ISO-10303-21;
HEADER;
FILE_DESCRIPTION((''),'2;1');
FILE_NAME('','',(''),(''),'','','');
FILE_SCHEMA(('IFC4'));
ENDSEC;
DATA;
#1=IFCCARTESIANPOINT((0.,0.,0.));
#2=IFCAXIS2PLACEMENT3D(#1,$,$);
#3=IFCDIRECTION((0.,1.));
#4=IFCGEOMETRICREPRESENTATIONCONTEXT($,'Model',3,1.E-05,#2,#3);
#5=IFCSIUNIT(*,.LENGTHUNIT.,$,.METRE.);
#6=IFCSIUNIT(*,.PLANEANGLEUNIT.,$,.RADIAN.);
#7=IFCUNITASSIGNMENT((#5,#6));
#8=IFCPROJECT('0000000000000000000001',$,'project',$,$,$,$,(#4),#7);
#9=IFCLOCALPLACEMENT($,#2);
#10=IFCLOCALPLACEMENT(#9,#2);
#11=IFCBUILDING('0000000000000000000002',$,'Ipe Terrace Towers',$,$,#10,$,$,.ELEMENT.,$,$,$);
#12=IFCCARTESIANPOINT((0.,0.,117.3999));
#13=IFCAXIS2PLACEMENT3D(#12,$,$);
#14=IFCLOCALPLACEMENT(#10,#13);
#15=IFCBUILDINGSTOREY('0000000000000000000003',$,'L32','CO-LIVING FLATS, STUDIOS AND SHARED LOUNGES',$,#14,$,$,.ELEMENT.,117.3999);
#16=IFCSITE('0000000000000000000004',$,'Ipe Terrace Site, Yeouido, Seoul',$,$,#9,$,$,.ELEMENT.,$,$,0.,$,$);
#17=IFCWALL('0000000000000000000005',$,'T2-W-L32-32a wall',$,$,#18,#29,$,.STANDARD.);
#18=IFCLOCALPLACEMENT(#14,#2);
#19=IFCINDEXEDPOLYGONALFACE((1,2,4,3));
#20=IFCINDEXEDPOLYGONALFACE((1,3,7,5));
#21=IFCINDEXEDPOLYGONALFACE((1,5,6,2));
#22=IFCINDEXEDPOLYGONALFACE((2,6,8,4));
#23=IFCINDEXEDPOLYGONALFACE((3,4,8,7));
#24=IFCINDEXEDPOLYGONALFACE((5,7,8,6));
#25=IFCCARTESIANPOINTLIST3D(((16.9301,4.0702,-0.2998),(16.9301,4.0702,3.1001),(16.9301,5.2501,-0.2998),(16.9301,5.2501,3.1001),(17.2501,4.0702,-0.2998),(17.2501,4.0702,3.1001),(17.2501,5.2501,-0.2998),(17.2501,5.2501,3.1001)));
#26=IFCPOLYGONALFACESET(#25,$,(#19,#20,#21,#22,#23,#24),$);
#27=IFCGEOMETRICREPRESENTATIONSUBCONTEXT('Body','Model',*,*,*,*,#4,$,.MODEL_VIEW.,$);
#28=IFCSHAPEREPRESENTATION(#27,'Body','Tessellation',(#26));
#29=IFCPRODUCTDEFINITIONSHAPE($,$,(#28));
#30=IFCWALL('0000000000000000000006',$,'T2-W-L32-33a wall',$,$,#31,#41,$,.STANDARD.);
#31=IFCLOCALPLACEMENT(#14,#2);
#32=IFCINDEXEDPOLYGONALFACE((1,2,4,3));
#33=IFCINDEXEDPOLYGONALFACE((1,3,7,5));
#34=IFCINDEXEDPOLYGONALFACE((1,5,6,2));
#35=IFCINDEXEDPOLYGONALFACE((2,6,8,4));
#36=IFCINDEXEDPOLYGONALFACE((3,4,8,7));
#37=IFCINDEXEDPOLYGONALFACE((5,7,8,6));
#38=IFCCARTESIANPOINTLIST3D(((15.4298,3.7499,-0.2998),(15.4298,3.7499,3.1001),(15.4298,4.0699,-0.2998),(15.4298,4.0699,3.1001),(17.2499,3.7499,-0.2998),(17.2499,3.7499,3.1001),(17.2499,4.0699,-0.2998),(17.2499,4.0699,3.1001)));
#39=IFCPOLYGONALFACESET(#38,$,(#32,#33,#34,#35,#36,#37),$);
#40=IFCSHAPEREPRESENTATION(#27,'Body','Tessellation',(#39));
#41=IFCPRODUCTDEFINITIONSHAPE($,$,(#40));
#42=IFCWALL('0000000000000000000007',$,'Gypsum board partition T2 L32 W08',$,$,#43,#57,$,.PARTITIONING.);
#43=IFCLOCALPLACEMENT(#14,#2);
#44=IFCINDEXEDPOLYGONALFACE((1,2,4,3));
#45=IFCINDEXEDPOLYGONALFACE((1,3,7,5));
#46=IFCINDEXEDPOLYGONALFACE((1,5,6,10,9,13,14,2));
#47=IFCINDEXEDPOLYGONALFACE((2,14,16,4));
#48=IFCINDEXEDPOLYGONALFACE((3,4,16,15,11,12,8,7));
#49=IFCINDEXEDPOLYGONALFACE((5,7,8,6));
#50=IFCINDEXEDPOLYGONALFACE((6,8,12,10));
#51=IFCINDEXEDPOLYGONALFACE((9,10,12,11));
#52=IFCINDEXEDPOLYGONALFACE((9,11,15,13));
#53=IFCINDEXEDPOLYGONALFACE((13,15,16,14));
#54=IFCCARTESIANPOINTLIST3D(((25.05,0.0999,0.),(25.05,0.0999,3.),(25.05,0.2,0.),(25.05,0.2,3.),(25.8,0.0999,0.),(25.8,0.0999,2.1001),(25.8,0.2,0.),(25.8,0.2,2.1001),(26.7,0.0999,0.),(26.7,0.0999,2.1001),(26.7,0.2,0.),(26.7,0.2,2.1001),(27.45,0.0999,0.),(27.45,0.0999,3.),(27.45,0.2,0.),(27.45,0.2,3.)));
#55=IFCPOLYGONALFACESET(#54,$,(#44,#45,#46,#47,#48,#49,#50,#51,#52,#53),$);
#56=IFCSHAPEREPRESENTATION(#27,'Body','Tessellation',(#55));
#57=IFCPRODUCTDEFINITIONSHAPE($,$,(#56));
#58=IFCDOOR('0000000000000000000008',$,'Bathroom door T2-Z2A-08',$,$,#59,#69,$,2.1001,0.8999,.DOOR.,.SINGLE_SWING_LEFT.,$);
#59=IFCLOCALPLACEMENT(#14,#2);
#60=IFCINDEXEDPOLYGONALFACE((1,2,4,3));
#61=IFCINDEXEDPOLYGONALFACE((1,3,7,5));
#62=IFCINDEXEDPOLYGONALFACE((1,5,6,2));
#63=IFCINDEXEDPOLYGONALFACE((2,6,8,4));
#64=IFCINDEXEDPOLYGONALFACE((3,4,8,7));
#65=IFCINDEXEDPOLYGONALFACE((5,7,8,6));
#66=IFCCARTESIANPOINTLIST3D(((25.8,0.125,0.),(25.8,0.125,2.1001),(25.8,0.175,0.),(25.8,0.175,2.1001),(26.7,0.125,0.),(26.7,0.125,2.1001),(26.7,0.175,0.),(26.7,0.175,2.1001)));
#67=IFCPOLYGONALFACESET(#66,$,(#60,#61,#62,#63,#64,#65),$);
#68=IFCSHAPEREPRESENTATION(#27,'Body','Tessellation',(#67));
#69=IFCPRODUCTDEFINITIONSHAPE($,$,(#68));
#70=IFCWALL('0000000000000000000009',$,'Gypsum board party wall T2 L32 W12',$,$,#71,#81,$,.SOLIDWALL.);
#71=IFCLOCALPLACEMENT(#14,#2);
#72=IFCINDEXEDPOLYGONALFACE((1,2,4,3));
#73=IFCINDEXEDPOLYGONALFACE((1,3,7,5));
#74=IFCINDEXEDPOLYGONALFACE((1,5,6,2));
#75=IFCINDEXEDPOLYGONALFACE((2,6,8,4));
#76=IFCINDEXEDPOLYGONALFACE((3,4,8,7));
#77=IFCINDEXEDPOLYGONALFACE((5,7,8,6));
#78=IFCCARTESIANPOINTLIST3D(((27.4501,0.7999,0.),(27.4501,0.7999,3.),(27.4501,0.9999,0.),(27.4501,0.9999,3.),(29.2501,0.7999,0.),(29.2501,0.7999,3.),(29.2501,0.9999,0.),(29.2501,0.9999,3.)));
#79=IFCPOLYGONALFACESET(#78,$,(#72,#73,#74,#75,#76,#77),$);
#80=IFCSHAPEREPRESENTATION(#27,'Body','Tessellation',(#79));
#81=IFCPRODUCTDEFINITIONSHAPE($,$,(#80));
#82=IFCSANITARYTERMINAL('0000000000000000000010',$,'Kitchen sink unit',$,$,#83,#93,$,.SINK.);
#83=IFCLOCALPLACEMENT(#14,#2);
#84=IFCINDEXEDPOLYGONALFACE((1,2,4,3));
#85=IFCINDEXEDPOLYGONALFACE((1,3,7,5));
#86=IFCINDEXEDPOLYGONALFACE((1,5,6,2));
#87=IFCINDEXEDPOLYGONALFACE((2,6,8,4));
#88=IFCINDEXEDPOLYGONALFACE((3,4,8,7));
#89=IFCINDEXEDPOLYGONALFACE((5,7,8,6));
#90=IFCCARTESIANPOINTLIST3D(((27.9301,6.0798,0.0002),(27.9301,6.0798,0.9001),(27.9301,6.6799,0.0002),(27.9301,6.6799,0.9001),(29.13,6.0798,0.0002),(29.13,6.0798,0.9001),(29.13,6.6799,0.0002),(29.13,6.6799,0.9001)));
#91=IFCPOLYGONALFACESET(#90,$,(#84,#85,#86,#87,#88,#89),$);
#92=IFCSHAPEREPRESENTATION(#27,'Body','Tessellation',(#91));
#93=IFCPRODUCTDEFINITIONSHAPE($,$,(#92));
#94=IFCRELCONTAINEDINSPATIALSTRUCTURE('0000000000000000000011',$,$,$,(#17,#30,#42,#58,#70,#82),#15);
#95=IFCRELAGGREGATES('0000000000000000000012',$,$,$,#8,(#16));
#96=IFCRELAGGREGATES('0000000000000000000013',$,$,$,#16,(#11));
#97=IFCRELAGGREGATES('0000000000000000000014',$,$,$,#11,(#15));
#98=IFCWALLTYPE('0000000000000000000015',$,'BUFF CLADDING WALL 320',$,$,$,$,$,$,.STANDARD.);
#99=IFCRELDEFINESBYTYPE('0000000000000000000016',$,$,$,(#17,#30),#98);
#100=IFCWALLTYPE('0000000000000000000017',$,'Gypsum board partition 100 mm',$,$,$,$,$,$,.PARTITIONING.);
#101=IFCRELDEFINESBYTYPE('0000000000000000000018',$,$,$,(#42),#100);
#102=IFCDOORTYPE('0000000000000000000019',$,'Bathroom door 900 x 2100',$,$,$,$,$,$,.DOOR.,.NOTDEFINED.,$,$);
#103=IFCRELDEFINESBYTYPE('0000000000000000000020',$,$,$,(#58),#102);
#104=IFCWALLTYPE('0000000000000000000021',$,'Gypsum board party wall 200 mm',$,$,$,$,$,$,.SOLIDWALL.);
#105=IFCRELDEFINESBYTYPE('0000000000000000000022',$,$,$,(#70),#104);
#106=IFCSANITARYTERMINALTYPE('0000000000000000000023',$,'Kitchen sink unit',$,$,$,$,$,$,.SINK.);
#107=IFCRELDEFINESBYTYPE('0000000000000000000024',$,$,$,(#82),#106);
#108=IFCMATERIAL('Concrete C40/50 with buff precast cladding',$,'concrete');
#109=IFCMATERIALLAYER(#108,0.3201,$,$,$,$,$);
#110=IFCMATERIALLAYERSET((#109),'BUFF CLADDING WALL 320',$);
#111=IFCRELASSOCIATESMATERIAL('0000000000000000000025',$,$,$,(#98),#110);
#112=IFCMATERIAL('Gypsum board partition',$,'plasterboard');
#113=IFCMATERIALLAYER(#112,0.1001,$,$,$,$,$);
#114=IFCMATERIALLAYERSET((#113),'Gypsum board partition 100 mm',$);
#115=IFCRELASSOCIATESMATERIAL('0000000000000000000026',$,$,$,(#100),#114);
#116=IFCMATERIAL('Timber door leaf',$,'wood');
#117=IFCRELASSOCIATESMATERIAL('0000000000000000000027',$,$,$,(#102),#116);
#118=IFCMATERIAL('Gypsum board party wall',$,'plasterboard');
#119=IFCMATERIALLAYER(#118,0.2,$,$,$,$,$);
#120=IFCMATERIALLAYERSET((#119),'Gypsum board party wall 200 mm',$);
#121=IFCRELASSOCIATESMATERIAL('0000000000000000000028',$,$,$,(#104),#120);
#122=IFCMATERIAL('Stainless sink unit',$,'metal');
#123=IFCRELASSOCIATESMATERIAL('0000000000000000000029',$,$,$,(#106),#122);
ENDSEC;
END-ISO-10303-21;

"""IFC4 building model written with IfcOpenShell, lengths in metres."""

from ifc_helpers import new_model, si_unit, direction, frame, frame_2d, origin, origin_2d, place, context, subcontext, project, spatial, rectangle, extrude, material, layer, layer_set, type_object, element, fill, save


model = new_model("IFC4")

# Units and contexts
model_context = context("Model", 3, precision=1e-05, world=origin(), true_north=direction((0.0, 1.0)))
body_context = subcontext(model_context, "Body", "Model", "MODEL_VIEW")
ifc_project = project(units=[si_unit("LENGTHUNIT", "METRE"), si_unit("PLANEANGLEUNIT", "RADIAN")], contexts=[model_context])

# Site, building, storey
site_placement = place(None, origin())
site = spatial("IfcSite", under=ifc_project, at=site_placement, Name="Ipe Terrace Site, Yeouido, Seoul", CompositionType="ELEMENT", RefElevation=0.0)
building_placement = place(site_placement, origin())
building = spatial("IfcBuilding", under=site, at=building_placement, Name="Ipe Terrace Towers", CompositionType="ELEMENT")
storey_placement = place(building_placement, frame((0.0, 0.0, 117.3999)))
storey = spatial("IfcBuildingStorey", under=building, at=storey_placement, Name="L32", Description="CO-LIVING FLATS, STUDIOS AND SHARED LOUNGES", CompositionType="ELEMENT", Elevation=117.3999)

# Walls
ifc_material_1 = material(Name="Concrete C40/50 with buff precast cladding", Category="concrete")
ifc_layer_1 = layer(ifc_material_1, 0.3201)
ifc_layer_set_1 = layer_set([ifc_layer_1], Name="BUFF CLADDING WALL 320")
wall_type_1 = type_object("IfcWallType", Name="BUFF CLADDING WALL 320", PredefinedType="STANDARD", material=ifc_layer_set_1)
wall_1_placement = place(storey_placement, frame((17.0901, 5.25, -0.2998), z_axis=(0.0, 0.0, 1.0), x_axis=(0.0, -1.0, 0.0)))
element("IfcWall", 1, at=wall_1_placement, inside=storey, type_object=wall_type_1, Name="T2-W-L32-32a wall", PredefinedType="STANDARD", context=body_context, shape_type="SweptSolid", body=[
    extrude(rectangle(XDim=1.1799, YDim=0.3201, at=frame_2d((0.5898, 0.0))), origin(), (0.0, 0.0, 1.0), 3.3999),
])
wall_2_placement = place(storey_placement, frame((17.25, 3.9099, -0.2998), z_axis=(0.0, 0.0, 1.0), x_axis=(-1.0, 0.0, 0.0)))
element("IfcWall", 2, at=wall_2_placement, inside=storey, type_object=wall_type_1, Name="T2-W-L32-33a wall", PredefinedType="STANDARD", context=body_context, shape_type="SweptSolid", body=[
    extrude(rectangle(XDim=1.8201, YDim=0.3201, at=frame_2d((0.9102, 0.0))), origin(), (0.0, 0.0, 1.0), 3.3999),
])

# Wall, opening, door
ifc_material_2 = material(Name="Gypsum board partition", Category="plasterboard")
ifc_layer_2 = layer(ifc_material_2, 0.1001)
ifc_layer_set_2 = layer_set([ifc_layer_2], Name="Gypsum board partition 100 mm")
wall_type_2 = type_object("IfcWallType", Name="Gypsum board partition 100 mm", PredefinedType="PARTITIONING", material=ifc_layer_set_2)
wall_3_placement = place(storey_placement, frame((27.45, 0.1499, 0.0), z_axis=(0.0, 0.0, 1.0), x_axis=(-1.0, 0.0, 0.0)))
wall_3 = element("IfcWall", 3, at=wall_3_placement, inside=storey, type_object=wall_type_2, Name="Gypsum board partition T2 L32 W08", PredefinedType="PARTITIONING", context=body_context, shape_type="SweptSolid", body=[
    extrude(rectangle(XDim=2.3999, YDim=0.1001, at=frame_2d((1.2, 0.0))), origin(), (0.0, 0.0, 1.0), 3.0),
])
opening_placement = place(wall_3_placement, frame((0.75, 0.0, 0.0)))
opening = element("IfcOpeningElement", 4, at=opening_placement, cuts=wall_3, PredefinedType="OPENING", context=body_context, shape_type="SweptSolid", body=[
    extrude(rectangle(XDim=0.8999, YDim=2.1001, at=frame_2d((0.45, 1.05))), frame((0.0, 0.0601, 0.0), z_axis=(0.0, -1.0, 0.0), x_axis=(1.0, 0.0, 0.0)), (0.0, 0.0, 1.0), 0.1201),
])
ifc_material_3 = material(Name="Timber door leaf", Category="wood")
door_type = type_object("IfcDoorType", Name="Bathroom door 900 x 2100", OperationType="NOTDEFINED", PredefinedType="DOOR", material=ifc_material_3)
door_placement = place(opening_placement, origin())
door = element("IfcDoor", 5, at=door_placement, inside=storey, type_object=door_type, Name="Bathroom door T2-Z2A-08", OperationType="SINGLE_SWING_LEFT", OverallHeight=2.1001, OverallWidth=0.8999, PredefinedType="DOOR", context=body_context, shape_type="SweptSolid", body=[
    extrude(rectangle(XDim=0.8999, YDim=2.1001, at=frame_2d((0.45, 1.05))), frame((0.0, 0.0249, 0.0), z_axis=(0.0, -1.0, 0.0), x_axis=(1.0, 0.0, 0.0)), (0.0, 0.0, 1.0), 0.05),
])
fill(opening, door)

# Wall
ifc_material_4 = material(Name="Gypsum board party wall", Category="plasterboard")
ifc_layer_3 = layer(ifc_material_4, 0.2)
ifc_layer_set_3 = layer_set([ifc_layer_3], Name="Gypsum board party wall 200 mm")
wall_type_3 = type_object("IfcWallType", Name="Gypsum board party wall 200 mm", PredefinedType="SOLIDWALL", material=ifc_layer_set_3)
wall_4_placement = place(storey_placement, frame((29.25, 0.8999, 0.0), z_axis=(0.0, 0.0, 1.0), x_axis=(-1.0, 0.0, 0.0)))
element("IfcWall", 6, at=wall_4_placement, inside=storey, type_object=wall_type_3, Name="Gypsum board party wall T2 L32 W12", PredefinedType="SOLIDWALL", context=body_context, shape_type="SweptSolid", body=[
    extrude(rectangle(XDim=1.8, YDim=0.2, at=frame_2d((0.8999, 0.0))), origin(), (0.0, 0.0, 1.0), 3.0),
])

# Sanitary terminal
ifc_material_5 = material(Name="Stainless sink unit", Category="metal")
sanitary_terminal_type = type_object("IfcSanitaryTerminalType", Name="Kitchen sink unit", PredefinedType="SINK", material=ifc_material_5)
sanitary_terminal_placement = place(storey_placement, frame((28.53, 6.3799, 0.0002), z_axis=(0.0, 0.0, 1.0), x_axis=(1.0, 0.0, 0.0)))
element("IfcSanitaryTerminal", 7, at=sanitary_terminal_placement, inside=storey, type_object=sanitary_terminal_type, Name="Kitchen sink unit", PredefinedType="SINK", context=body_context, shape_type="SweptSolid", body=[
    extrude(rectangle(XDim=1.2, YDim=0.6001, at=origin_2d()), origin(), (0.0, 0.0, 1.0), 0.8999),
])

save(model, "model.ifc")
